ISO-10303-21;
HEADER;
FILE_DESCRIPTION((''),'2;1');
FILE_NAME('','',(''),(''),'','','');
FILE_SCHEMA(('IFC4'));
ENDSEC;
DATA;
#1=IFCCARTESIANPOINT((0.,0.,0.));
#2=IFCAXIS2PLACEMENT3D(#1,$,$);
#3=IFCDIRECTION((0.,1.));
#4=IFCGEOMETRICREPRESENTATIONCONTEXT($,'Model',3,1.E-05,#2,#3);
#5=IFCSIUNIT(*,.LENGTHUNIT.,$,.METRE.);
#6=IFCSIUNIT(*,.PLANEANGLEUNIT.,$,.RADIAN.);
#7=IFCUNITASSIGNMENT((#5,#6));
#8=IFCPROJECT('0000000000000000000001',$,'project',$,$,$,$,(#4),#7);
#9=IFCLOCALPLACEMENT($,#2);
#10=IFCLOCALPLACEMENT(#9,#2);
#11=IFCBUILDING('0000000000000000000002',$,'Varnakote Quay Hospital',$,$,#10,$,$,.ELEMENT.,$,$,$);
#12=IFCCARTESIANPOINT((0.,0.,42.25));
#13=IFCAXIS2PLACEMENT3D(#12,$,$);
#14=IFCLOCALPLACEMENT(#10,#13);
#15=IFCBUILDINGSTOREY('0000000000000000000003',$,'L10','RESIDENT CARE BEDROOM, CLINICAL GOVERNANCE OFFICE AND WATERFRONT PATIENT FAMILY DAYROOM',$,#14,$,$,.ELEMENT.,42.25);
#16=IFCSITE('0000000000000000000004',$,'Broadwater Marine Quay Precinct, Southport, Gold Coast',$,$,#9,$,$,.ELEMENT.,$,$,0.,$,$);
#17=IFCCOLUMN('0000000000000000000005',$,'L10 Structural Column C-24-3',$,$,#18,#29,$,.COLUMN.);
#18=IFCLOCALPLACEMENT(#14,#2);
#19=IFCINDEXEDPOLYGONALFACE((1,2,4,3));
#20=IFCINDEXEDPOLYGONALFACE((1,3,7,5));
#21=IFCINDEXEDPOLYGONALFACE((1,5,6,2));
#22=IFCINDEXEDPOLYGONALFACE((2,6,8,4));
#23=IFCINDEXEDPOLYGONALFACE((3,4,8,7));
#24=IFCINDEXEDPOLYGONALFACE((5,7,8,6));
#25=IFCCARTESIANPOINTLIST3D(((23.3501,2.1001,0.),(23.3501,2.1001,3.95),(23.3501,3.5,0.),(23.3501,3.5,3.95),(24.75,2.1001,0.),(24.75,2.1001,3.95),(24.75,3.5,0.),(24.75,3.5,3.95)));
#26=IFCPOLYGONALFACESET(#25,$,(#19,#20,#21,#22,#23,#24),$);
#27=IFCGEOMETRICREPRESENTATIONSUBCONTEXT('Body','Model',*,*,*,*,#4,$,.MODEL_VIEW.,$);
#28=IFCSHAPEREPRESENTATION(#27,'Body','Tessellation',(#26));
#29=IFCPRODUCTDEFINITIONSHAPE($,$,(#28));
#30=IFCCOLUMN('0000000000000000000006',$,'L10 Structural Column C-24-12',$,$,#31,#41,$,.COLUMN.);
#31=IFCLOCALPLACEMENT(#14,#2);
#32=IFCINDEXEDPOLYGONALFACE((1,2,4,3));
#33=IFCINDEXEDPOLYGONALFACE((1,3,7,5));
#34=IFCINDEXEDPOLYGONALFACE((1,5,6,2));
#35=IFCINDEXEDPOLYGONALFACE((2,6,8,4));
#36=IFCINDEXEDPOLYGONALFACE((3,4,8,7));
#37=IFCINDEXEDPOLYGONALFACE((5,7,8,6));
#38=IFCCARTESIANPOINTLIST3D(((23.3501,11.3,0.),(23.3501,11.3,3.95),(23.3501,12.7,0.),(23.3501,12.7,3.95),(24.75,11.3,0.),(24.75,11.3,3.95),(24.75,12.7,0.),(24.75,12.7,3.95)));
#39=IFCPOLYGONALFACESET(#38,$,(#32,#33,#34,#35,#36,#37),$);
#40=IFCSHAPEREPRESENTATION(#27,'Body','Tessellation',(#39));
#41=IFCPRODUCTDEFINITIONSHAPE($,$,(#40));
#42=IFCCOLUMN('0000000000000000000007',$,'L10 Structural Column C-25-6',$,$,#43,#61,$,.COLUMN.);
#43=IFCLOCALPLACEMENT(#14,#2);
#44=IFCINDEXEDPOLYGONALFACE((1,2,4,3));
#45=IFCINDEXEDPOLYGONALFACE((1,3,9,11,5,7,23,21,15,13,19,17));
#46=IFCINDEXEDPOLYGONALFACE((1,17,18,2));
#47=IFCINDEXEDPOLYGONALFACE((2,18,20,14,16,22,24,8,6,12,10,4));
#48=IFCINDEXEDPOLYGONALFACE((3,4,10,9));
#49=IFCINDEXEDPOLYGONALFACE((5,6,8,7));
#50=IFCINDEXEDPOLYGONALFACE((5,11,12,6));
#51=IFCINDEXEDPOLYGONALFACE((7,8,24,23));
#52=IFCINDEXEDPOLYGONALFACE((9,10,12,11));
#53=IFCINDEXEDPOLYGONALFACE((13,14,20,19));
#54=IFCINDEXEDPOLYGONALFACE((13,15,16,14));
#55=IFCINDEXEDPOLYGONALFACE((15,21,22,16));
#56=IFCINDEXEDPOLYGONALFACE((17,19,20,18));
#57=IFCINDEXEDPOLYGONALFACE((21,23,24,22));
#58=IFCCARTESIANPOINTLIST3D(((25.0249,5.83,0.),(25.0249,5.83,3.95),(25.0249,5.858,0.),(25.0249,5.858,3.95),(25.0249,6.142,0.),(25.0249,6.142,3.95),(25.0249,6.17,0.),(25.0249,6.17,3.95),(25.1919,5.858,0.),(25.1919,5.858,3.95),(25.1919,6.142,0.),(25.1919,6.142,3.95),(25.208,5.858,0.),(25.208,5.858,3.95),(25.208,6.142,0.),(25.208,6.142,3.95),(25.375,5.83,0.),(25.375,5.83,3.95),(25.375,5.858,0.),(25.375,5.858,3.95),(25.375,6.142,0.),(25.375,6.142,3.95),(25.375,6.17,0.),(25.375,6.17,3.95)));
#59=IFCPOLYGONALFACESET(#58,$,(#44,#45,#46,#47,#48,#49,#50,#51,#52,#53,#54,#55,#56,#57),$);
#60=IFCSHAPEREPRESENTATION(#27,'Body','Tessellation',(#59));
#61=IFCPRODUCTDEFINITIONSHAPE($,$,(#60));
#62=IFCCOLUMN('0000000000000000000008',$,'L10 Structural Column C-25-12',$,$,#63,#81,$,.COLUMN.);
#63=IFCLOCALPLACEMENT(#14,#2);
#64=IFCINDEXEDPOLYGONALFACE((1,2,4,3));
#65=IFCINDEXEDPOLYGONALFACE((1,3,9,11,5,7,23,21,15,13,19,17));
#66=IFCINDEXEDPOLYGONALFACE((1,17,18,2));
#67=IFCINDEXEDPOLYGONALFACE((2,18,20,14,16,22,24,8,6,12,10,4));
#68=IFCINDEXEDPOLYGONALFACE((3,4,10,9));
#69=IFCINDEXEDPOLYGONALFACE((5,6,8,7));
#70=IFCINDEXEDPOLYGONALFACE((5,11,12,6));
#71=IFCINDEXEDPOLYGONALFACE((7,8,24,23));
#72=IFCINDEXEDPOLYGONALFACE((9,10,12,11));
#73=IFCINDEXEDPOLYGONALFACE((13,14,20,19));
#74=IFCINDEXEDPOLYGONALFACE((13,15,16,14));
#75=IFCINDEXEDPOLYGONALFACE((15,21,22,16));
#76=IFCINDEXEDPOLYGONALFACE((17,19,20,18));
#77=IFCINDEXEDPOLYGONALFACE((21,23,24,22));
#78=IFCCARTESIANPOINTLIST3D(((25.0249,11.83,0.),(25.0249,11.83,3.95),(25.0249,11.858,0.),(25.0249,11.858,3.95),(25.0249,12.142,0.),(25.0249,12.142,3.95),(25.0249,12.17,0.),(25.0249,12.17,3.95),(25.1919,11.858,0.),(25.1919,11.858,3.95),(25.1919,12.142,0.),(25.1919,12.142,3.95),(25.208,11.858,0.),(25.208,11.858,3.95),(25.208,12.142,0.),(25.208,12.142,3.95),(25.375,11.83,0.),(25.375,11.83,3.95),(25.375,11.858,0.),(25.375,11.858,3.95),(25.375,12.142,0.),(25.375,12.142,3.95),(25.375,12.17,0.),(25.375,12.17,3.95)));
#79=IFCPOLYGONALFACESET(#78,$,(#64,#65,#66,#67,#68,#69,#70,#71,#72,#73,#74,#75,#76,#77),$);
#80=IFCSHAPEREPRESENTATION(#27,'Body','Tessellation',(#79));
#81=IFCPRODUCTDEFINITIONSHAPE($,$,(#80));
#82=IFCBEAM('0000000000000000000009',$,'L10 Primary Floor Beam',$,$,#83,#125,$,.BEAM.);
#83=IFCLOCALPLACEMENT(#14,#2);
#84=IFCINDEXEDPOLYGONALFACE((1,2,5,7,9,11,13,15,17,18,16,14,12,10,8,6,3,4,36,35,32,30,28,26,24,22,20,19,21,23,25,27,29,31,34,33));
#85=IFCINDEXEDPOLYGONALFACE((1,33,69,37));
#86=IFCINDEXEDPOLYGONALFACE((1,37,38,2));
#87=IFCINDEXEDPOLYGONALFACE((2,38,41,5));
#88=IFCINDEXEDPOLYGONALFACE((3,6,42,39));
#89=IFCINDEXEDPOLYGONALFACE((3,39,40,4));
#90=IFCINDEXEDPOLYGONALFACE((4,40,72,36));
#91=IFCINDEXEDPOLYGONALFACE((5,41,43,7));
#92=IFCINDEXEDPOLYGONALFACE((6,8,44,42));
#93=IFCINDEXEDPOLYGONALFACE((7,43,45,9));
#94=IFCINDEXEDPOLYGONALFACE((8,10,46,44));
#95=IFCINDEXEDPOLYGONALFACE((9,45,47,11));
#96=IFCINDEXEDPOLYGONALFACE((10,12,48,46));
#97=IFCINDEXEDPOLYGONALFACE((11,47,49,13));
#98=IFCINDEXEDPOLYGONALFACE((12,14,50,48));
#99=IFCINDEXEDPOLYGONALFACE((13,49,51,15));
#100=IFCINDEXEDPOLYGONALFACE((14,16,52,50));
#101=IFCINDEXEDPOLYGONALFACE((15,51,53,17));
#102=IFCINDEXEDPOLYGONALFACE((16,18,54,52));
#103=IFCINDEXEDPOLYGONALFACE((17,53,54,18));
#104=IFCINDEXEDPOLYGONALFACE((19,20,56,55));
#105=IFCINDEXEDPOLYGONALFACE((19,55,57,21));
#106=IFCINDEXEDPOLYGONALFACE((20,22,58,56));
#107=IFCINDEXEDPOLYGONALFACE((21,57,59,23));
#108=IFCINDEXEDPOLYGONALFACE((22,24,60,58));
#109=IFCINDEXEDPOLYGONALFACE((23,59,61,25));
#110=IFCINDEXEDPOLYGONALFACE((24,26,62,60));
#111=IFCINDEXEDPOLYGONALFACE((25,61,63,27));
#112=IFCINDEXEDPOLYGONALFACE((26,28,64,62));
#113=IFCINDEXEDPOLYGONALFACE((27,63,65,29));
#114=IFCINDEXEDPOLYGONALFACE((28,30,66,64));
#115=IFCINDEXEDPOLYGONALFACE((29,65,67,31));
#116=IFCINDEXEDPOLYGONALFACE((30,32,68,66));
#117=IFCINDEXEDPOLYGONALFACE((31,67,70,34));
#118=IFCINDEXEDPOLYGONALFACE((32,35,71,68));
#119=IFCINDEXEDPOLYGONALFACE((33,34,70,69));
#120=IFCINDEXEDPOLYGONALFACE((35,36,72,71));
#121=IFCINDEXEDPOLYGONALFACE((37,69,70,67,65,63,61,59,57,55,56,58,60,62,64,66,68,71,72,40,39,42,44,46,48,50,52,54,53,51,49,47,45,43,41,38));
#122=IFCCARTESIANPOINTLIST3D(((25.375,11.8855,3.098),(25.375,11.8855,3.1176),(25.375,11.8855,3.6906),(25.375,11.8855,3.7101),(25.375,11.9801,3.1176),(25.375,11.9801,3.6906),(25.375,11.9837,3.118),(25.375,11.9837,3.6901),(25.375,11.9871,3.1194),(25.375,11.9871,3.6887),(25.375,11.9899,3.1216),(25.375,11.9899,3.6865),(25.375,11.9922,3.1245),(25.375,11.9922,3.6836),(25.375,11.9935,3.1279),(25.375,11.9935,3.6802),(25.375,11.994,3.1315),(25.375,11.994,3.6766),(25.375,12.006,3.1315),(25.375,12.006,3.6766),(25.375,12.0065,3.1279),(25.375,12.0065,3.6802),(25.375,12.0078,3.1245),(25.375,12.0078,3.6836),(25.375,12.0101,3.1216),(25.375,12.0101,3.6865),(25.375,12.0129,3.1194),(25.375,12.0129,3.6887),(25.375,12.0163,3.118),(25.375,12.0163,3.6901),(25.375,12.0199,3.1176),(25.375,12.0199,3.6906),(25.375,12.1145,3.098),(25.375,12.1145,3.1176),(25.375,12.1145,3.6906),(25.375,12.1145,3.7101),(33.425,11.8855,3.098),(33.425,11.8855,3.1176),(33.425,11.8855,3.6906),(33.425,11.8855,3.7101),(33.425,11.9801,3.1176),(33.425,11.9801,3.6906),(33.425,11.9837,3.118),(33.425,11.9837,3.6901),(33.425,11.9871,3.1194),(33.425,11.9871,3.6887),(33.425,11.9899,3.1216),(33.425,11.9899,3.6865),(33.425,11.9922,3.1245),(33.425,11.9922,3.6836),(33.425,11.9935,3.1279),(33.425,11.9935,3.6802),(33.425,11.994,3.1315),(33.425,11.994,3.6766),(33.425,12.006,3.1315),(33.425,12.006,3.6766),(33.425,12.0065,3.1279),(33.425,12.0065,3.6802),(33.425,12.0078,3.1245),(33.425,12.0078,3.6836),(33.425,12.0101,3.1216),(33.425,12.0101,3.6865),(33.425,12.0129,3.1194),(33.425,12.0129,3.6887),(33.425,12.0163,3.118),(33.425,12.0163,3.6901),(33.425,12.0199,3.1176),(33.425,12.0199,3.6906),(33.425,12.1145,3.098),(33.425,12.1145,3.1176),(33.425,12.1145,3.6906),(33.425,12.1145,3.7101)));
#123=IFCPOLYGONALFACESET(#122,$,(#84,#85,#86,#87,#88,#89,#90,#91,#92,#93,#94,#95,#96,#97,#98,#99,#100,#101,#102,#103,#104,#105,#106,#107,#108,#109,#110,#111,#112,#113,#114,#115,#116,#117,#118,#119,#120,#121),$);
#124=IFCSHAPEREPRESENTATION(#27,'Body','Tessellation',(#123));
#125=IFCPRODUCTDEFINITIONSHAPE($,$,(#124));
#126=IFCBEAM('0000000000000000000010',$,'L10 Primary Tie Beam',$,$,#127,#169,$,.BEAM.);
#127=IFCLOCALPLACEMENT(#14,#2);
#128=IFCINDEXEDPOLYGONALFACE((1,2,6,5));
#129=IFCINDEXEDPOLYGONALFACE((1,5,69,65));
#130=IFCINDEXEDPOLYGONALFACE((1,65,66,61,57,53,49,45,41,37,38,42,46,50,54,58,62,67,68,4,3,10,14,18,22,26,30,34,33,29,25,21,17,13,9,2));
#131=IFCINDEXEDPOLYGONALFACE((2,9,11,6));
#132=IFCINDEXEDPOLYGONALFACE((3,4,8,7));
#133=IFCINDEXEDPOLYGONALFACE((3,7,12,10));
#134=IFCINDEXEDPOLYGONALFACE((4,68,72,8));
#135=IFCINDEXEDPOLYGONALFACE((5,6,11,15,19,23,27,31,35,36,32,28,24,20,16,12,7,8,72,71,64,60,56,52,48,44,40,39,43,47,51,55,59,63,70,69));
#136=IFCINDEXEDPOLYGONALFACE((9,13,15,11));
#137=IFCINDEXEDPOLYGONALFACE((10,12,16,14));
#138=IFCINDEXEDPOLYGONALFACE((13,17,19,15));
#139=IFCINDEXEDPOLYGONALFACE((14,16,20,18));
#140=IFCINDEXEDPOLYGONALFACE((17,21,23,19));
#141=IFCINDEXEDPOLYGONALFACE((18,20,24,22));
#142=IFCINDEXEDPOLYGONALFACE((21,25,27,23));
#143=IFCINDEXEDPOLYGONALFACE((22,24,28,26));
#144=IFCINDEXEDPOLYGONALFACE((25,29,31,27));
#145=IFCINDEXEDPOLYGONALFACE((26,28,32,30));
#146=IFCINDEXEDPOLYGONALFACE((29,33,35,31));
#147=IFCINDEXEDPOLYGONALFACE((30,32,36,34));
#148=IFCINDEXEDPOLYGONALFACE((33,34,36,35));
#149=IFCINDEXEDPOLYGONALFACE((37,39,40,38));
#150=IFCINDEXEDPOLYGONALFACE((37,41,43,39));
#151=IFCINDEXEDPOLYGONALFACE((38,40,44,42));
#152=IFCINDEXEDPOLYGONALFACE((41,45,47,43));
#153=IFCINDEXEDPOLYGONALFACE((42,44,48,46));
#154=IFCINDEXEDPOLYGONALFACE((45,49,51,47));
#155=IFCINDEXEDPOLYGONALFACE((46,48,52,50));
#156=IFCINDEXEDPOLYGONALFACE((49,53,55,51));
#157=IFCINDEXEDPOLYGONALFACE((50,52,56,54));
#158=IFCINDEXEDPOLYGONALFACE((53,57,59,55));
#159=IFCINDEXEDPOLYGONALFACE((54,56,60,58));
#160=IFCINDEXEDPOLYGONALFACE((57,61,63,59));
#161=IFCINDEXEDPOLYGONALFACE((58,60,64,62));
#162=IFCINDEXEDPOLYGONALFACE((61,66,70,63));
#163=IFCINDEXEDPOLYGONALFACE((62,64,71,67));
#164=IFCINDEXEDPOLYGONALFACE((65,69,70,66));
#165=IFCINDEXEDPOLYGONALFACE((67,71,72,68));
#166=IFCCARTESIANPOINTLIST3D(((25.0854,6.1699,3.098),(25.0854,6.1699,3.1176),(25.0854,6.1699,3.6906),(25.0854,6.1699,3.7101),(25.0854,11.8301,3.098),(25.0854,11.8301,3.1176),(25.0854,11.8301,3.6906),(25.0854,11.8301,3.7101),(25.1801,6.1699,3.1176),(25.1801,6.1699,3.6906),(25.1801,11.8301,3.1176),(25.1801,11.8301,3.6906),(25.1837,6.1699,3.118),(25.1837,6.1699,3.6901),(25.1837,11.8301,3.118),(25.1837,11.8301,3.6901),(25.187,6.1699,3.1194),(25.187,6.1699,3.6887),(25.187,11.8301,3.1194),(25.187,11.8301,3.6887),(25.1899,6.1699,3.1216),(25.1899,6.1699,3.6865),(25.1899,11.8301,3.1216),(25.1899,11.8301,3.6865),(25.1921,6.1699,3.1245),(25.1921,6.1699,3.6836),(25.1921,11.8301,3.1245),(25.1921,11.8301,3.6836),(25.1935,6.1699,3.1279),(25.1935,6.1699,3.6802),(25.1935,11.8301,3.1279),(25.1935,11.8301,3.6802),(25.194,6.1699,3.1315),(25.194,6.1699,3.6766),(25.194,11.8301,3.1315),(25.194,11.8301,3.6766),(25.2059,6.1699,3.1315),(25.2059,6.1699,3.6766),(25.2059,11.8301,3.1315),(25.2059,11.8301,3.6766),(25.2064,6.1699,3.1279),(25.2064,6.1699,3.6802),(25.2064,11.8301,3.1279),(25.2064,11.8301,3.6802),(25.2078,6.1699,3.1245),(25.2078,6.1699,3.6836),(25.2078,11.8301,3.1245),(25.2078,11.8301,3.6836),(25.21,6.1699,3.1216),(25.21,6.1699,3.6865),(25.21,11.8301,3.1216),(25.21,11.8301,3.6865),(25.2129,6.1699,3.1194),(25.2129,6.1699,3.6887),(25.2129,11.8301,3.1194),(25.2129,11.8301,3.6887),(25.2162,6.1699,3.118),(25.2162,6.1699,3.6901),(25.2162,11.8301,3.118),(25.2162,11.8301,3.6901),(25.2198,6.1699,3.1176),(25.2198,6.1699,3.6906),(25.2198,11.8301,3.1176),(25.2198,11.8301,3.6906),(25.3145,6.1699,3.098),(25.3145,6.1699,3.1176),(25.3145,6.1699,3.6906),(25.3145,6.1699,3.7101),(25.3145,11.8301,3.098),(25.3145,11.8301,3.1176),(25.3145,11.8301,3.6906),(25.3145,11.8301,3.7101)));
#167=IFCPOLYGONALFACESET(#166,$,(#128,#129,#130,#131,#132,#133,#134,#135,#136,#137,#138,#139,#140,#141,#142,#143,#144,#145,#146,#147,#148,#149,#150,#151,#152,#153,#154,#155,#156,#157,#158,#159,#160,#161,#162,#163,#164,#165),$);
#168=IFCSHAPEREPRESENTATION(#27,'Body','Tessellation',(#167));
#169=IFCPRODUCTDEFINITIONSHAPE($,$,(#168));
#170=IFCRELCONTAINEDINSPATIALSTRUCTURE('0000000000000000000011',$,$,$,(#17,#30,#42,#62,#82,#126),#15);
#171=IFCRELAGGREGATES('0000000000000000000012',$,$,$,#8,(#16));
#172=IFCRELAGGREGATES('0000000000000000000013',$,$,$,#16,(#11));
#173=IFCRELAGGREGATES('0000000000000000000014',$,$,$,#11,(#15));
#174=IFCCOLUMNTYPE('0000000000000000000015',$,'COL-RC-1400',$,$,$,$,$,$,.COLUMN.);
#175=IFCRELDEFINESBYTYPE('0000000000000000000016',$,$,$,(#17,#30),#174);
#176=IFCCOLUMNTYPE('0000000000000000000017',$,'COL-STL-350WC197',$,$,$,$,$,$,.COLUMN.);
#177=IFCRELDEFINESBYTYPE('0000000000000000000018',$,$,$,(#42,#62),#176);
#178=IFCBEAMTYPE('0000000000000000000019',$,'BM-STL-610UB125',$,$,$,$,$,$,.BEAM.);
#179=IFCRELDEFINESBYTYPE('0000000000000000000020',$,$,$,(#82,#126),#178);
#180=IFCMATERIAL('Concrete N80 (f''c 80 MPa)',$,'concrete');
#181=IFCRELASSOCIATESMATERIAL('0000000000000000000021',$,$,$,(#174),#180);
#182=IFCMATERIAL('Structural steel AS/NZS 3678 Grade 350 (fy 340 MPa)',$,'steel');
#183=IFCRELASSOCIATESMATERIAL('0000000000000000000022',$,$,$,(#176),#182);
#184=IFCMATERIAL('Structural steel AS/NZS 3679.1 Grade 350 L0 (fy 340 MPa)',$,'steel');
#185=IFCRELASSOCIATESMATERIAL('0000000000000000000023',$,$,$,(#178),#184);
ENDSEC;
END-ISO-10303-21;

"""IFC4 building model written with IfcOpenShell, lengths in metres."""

from ifc_helpers import new_model, si_unit, direction, frame, origin, origin_2d, place, context, subcontext, project, spatial, rectangle, i_section, extrude, material, material_profile, profile_set, type_object, element, save


model = new_model("IFC4")

# Units and contexts
model_context = context("Model", 3, precision=1e-05, world=origin(), true_north=direction((0.0, 1.0)))
body_context = subcontext(model_context, "Body", "Model", "MODEL_VIEW")
ifc_project = project(units=[si_unit("LENGTHUNIT", "METRE"), si_unit("PLANEANGLEUNIT", "RADIAN")], contexts=[model_context])

# Site, building, storey
site_placement = place(None, origin())
site = spatial("IfcSite", under=ifc_project, at=site_placement, Name="Broadwater Marine Quay Precinct, Southport, Gold Coast", CompositionType="ELEMENT", RefElevation=0.0)
building_placement = place(site_placement, origin())
building = spatial("IfcBuilding", under=site, at=building_placement, Name="Varnakote Quay Hospital", CompositionType="ELEMENT")
storey_placement = place(building_placement, frame((0.0, 0.0, 42.25)))
storey = spatial("IfcBuildingStorey", under=building, at=storey_placement, Name="L10", Description="RESIDENT CARE BEDROOM, CLINICAL GOVERNANCE OFFICE AND WATERFRONT PATIENT FAMILY DAYROOM", CompositionType="ELEMENT", Elevation=42.25)

# Columns
ifc_material_1 = material(Name="Concrete N80 (f'c 80 MPa)", Category="concrete")
ifc_material_profile_1 = material_profile(ifc_material_1, rectangle(XDim=1.3999, YDim=1.3999, at=origin_2d()), Name="RC-COL-1400x1400")
ifc_profile_set_1 = profile_set([ifc_material_profile_1], Name="Concrete N80 (f'c 80 MPa)")
column_type_1 = type_object("IfcColumnType", Name="COL-RC-1400", PredefinedType="COLUMN", material=ifc_profile_set_1)
for number, where, z_axis, x_axis, name in (
    (1, (24.05, 2.8, 0.0), (0.0, 0.0, 1.0), (1.0, 0.0, 0.0), "L10 Structural Column C-24-3"),
    (2, (24.05, 12.0, 0.0), (0.0, 0.0, 1.0), (1.0, 0.0, 0.0), "L10 Structural Column C-24-12"),
):
    element("IfcColumn", number, at=place(storey_placement, frame(where, z_axis=z_axis, x_axis=x_axis)), inside=storey, type_object=column_type_1, Name=name, PredefinedType="COLUMN", context=body_context, shape_type="SweptSolid", body=[
        extrude(rectangle(XDim=1.3999, YDim=1.3999, at=origin_2d()), origin(), (0.0, 0.0, 1.0), 3.95),
    ])
ifc_material_2 = material(Name="Structural steel AS/NZS 3678 Grade 350 (fy 340 MPa)", Category="steel")
ifc_material_profile_2 = material_profile(ifc_material_2, i_section(OverallWidth=0.3501, OverallDepth=0.3401, WebThickness=0.0161, FlangeThickness=0.0281, at=origin_2d()), Name="350WC197")
ifc_profile_set_2 = profile_set([ifc_material_profile_2], Name="Structural steel AS/NZS 3678 Grade 350 (fy 340 MPa)")
column_type_2 = type_object("IfcColumnType", Name="COL-STL-350WC197", PredefinedType="COLUMN", material=ifc_profile_set_2)
for number, where, z_axis, x_axis, name in (
    (3, (25.2, 6.0, 0.0), (0.0, 0.0, 1.0), (1.0, 0.0, 0.0), "L10 Structural Column C-25-6"),
    (4, (25.2, 12.0, 0.0), (0.0, 0.0, 1.0), (1.0, 0.0, 0.0), "L10 Structural Column C-25-12"),
):
    element("IfcColumn", number, at=place(storey_placement, frame(where, z_axis=z_axis, x_axis=x_axis)), inside=storey, type_object=column_type_2, Name=name, PredefinedType="COLUMN", context=body_context, shape_type="SweptSolid", body=[
        extrude(i_section(OverallWidth=0.3501, OverallDepth=0.3401, WebThickness=0.0161, FlangeThickness=0.0281, at=origin_2d()), origin(), (0.0, 0.0, 1.0), 3.95),
    ])

# Beams
ifc_material_3 = material(Name="Structural steel AS/NZS 3679.1 Grade 350 L0 (fy 340 MPa)", Category="steel")
ifc_material_profile_3 = material_profile(ifc_material_3, i_section(OverallWidth=0.229, OverallDepth=0.6121, WebThickness=0.012, FlangeThickness=0.0195, FilletRadius=0.0139, at=origin_2d()), Name="610UB125")
ifc_profile_set_3 = profile_set([ifc_material_profile_3], Name="Structural steel AS/NZS 3679.1 Grade 350 L0 (fy 340 MPa)")
beam_type_1 = type_object("IfcBeamType", Name="BM-STL-610UB125", PredefinedType="BEAM", material=ifc_profile_set_3)
beam_1_placement = place(storey_placement, frame((25.375, 12.0, 3.4041), z_axis=(1.0, 0.0, 0.0), x_axis=(0.0, 1.0, 0.0)))
element("IfcBeam", 5, at=beam_1_placement, inside=storey, type_object=beam_type_1, Name="L10 Primary Floor Beam", PredefinedType="BEAM", context=body_context, shape_type="SweptSolid", body=[
    extrude(i_section(OverallWidth=0.229, OverallDepth=0.6121, WebThickness=0.012, FlangeThickness=0.0195, FilletRadius=0.0139, at=origin_2d()), origin(), (0.0, 0.0, 1.0), 8.05),
])
beam_2_placement = place(storey_placement, frame((25.2, 6.1699, 3.4041), z_axis=(0.0, 1.0, 0.0), x_axis=(-1.0, 0.0, 0.0)))
element("IfcBeam", 6, at=beam_2_placement, inside=storey, type_object=beam_type_1, Name="L10 Primary Tie Beam", PredefinedType="BEAM", context=body_context, shape_type="SweptSolid", body=[
    extrude(i_section(OverallWidth=0.229, OverallDepth=0.6121, WebThickness=0.012, FlangeThickness=0.0195, FilletRadius=0.0139, at=origin_2d()), origin(), (0.0, 0.0, 1.0), 5.6602),
])

save(model, "model.ifc")
